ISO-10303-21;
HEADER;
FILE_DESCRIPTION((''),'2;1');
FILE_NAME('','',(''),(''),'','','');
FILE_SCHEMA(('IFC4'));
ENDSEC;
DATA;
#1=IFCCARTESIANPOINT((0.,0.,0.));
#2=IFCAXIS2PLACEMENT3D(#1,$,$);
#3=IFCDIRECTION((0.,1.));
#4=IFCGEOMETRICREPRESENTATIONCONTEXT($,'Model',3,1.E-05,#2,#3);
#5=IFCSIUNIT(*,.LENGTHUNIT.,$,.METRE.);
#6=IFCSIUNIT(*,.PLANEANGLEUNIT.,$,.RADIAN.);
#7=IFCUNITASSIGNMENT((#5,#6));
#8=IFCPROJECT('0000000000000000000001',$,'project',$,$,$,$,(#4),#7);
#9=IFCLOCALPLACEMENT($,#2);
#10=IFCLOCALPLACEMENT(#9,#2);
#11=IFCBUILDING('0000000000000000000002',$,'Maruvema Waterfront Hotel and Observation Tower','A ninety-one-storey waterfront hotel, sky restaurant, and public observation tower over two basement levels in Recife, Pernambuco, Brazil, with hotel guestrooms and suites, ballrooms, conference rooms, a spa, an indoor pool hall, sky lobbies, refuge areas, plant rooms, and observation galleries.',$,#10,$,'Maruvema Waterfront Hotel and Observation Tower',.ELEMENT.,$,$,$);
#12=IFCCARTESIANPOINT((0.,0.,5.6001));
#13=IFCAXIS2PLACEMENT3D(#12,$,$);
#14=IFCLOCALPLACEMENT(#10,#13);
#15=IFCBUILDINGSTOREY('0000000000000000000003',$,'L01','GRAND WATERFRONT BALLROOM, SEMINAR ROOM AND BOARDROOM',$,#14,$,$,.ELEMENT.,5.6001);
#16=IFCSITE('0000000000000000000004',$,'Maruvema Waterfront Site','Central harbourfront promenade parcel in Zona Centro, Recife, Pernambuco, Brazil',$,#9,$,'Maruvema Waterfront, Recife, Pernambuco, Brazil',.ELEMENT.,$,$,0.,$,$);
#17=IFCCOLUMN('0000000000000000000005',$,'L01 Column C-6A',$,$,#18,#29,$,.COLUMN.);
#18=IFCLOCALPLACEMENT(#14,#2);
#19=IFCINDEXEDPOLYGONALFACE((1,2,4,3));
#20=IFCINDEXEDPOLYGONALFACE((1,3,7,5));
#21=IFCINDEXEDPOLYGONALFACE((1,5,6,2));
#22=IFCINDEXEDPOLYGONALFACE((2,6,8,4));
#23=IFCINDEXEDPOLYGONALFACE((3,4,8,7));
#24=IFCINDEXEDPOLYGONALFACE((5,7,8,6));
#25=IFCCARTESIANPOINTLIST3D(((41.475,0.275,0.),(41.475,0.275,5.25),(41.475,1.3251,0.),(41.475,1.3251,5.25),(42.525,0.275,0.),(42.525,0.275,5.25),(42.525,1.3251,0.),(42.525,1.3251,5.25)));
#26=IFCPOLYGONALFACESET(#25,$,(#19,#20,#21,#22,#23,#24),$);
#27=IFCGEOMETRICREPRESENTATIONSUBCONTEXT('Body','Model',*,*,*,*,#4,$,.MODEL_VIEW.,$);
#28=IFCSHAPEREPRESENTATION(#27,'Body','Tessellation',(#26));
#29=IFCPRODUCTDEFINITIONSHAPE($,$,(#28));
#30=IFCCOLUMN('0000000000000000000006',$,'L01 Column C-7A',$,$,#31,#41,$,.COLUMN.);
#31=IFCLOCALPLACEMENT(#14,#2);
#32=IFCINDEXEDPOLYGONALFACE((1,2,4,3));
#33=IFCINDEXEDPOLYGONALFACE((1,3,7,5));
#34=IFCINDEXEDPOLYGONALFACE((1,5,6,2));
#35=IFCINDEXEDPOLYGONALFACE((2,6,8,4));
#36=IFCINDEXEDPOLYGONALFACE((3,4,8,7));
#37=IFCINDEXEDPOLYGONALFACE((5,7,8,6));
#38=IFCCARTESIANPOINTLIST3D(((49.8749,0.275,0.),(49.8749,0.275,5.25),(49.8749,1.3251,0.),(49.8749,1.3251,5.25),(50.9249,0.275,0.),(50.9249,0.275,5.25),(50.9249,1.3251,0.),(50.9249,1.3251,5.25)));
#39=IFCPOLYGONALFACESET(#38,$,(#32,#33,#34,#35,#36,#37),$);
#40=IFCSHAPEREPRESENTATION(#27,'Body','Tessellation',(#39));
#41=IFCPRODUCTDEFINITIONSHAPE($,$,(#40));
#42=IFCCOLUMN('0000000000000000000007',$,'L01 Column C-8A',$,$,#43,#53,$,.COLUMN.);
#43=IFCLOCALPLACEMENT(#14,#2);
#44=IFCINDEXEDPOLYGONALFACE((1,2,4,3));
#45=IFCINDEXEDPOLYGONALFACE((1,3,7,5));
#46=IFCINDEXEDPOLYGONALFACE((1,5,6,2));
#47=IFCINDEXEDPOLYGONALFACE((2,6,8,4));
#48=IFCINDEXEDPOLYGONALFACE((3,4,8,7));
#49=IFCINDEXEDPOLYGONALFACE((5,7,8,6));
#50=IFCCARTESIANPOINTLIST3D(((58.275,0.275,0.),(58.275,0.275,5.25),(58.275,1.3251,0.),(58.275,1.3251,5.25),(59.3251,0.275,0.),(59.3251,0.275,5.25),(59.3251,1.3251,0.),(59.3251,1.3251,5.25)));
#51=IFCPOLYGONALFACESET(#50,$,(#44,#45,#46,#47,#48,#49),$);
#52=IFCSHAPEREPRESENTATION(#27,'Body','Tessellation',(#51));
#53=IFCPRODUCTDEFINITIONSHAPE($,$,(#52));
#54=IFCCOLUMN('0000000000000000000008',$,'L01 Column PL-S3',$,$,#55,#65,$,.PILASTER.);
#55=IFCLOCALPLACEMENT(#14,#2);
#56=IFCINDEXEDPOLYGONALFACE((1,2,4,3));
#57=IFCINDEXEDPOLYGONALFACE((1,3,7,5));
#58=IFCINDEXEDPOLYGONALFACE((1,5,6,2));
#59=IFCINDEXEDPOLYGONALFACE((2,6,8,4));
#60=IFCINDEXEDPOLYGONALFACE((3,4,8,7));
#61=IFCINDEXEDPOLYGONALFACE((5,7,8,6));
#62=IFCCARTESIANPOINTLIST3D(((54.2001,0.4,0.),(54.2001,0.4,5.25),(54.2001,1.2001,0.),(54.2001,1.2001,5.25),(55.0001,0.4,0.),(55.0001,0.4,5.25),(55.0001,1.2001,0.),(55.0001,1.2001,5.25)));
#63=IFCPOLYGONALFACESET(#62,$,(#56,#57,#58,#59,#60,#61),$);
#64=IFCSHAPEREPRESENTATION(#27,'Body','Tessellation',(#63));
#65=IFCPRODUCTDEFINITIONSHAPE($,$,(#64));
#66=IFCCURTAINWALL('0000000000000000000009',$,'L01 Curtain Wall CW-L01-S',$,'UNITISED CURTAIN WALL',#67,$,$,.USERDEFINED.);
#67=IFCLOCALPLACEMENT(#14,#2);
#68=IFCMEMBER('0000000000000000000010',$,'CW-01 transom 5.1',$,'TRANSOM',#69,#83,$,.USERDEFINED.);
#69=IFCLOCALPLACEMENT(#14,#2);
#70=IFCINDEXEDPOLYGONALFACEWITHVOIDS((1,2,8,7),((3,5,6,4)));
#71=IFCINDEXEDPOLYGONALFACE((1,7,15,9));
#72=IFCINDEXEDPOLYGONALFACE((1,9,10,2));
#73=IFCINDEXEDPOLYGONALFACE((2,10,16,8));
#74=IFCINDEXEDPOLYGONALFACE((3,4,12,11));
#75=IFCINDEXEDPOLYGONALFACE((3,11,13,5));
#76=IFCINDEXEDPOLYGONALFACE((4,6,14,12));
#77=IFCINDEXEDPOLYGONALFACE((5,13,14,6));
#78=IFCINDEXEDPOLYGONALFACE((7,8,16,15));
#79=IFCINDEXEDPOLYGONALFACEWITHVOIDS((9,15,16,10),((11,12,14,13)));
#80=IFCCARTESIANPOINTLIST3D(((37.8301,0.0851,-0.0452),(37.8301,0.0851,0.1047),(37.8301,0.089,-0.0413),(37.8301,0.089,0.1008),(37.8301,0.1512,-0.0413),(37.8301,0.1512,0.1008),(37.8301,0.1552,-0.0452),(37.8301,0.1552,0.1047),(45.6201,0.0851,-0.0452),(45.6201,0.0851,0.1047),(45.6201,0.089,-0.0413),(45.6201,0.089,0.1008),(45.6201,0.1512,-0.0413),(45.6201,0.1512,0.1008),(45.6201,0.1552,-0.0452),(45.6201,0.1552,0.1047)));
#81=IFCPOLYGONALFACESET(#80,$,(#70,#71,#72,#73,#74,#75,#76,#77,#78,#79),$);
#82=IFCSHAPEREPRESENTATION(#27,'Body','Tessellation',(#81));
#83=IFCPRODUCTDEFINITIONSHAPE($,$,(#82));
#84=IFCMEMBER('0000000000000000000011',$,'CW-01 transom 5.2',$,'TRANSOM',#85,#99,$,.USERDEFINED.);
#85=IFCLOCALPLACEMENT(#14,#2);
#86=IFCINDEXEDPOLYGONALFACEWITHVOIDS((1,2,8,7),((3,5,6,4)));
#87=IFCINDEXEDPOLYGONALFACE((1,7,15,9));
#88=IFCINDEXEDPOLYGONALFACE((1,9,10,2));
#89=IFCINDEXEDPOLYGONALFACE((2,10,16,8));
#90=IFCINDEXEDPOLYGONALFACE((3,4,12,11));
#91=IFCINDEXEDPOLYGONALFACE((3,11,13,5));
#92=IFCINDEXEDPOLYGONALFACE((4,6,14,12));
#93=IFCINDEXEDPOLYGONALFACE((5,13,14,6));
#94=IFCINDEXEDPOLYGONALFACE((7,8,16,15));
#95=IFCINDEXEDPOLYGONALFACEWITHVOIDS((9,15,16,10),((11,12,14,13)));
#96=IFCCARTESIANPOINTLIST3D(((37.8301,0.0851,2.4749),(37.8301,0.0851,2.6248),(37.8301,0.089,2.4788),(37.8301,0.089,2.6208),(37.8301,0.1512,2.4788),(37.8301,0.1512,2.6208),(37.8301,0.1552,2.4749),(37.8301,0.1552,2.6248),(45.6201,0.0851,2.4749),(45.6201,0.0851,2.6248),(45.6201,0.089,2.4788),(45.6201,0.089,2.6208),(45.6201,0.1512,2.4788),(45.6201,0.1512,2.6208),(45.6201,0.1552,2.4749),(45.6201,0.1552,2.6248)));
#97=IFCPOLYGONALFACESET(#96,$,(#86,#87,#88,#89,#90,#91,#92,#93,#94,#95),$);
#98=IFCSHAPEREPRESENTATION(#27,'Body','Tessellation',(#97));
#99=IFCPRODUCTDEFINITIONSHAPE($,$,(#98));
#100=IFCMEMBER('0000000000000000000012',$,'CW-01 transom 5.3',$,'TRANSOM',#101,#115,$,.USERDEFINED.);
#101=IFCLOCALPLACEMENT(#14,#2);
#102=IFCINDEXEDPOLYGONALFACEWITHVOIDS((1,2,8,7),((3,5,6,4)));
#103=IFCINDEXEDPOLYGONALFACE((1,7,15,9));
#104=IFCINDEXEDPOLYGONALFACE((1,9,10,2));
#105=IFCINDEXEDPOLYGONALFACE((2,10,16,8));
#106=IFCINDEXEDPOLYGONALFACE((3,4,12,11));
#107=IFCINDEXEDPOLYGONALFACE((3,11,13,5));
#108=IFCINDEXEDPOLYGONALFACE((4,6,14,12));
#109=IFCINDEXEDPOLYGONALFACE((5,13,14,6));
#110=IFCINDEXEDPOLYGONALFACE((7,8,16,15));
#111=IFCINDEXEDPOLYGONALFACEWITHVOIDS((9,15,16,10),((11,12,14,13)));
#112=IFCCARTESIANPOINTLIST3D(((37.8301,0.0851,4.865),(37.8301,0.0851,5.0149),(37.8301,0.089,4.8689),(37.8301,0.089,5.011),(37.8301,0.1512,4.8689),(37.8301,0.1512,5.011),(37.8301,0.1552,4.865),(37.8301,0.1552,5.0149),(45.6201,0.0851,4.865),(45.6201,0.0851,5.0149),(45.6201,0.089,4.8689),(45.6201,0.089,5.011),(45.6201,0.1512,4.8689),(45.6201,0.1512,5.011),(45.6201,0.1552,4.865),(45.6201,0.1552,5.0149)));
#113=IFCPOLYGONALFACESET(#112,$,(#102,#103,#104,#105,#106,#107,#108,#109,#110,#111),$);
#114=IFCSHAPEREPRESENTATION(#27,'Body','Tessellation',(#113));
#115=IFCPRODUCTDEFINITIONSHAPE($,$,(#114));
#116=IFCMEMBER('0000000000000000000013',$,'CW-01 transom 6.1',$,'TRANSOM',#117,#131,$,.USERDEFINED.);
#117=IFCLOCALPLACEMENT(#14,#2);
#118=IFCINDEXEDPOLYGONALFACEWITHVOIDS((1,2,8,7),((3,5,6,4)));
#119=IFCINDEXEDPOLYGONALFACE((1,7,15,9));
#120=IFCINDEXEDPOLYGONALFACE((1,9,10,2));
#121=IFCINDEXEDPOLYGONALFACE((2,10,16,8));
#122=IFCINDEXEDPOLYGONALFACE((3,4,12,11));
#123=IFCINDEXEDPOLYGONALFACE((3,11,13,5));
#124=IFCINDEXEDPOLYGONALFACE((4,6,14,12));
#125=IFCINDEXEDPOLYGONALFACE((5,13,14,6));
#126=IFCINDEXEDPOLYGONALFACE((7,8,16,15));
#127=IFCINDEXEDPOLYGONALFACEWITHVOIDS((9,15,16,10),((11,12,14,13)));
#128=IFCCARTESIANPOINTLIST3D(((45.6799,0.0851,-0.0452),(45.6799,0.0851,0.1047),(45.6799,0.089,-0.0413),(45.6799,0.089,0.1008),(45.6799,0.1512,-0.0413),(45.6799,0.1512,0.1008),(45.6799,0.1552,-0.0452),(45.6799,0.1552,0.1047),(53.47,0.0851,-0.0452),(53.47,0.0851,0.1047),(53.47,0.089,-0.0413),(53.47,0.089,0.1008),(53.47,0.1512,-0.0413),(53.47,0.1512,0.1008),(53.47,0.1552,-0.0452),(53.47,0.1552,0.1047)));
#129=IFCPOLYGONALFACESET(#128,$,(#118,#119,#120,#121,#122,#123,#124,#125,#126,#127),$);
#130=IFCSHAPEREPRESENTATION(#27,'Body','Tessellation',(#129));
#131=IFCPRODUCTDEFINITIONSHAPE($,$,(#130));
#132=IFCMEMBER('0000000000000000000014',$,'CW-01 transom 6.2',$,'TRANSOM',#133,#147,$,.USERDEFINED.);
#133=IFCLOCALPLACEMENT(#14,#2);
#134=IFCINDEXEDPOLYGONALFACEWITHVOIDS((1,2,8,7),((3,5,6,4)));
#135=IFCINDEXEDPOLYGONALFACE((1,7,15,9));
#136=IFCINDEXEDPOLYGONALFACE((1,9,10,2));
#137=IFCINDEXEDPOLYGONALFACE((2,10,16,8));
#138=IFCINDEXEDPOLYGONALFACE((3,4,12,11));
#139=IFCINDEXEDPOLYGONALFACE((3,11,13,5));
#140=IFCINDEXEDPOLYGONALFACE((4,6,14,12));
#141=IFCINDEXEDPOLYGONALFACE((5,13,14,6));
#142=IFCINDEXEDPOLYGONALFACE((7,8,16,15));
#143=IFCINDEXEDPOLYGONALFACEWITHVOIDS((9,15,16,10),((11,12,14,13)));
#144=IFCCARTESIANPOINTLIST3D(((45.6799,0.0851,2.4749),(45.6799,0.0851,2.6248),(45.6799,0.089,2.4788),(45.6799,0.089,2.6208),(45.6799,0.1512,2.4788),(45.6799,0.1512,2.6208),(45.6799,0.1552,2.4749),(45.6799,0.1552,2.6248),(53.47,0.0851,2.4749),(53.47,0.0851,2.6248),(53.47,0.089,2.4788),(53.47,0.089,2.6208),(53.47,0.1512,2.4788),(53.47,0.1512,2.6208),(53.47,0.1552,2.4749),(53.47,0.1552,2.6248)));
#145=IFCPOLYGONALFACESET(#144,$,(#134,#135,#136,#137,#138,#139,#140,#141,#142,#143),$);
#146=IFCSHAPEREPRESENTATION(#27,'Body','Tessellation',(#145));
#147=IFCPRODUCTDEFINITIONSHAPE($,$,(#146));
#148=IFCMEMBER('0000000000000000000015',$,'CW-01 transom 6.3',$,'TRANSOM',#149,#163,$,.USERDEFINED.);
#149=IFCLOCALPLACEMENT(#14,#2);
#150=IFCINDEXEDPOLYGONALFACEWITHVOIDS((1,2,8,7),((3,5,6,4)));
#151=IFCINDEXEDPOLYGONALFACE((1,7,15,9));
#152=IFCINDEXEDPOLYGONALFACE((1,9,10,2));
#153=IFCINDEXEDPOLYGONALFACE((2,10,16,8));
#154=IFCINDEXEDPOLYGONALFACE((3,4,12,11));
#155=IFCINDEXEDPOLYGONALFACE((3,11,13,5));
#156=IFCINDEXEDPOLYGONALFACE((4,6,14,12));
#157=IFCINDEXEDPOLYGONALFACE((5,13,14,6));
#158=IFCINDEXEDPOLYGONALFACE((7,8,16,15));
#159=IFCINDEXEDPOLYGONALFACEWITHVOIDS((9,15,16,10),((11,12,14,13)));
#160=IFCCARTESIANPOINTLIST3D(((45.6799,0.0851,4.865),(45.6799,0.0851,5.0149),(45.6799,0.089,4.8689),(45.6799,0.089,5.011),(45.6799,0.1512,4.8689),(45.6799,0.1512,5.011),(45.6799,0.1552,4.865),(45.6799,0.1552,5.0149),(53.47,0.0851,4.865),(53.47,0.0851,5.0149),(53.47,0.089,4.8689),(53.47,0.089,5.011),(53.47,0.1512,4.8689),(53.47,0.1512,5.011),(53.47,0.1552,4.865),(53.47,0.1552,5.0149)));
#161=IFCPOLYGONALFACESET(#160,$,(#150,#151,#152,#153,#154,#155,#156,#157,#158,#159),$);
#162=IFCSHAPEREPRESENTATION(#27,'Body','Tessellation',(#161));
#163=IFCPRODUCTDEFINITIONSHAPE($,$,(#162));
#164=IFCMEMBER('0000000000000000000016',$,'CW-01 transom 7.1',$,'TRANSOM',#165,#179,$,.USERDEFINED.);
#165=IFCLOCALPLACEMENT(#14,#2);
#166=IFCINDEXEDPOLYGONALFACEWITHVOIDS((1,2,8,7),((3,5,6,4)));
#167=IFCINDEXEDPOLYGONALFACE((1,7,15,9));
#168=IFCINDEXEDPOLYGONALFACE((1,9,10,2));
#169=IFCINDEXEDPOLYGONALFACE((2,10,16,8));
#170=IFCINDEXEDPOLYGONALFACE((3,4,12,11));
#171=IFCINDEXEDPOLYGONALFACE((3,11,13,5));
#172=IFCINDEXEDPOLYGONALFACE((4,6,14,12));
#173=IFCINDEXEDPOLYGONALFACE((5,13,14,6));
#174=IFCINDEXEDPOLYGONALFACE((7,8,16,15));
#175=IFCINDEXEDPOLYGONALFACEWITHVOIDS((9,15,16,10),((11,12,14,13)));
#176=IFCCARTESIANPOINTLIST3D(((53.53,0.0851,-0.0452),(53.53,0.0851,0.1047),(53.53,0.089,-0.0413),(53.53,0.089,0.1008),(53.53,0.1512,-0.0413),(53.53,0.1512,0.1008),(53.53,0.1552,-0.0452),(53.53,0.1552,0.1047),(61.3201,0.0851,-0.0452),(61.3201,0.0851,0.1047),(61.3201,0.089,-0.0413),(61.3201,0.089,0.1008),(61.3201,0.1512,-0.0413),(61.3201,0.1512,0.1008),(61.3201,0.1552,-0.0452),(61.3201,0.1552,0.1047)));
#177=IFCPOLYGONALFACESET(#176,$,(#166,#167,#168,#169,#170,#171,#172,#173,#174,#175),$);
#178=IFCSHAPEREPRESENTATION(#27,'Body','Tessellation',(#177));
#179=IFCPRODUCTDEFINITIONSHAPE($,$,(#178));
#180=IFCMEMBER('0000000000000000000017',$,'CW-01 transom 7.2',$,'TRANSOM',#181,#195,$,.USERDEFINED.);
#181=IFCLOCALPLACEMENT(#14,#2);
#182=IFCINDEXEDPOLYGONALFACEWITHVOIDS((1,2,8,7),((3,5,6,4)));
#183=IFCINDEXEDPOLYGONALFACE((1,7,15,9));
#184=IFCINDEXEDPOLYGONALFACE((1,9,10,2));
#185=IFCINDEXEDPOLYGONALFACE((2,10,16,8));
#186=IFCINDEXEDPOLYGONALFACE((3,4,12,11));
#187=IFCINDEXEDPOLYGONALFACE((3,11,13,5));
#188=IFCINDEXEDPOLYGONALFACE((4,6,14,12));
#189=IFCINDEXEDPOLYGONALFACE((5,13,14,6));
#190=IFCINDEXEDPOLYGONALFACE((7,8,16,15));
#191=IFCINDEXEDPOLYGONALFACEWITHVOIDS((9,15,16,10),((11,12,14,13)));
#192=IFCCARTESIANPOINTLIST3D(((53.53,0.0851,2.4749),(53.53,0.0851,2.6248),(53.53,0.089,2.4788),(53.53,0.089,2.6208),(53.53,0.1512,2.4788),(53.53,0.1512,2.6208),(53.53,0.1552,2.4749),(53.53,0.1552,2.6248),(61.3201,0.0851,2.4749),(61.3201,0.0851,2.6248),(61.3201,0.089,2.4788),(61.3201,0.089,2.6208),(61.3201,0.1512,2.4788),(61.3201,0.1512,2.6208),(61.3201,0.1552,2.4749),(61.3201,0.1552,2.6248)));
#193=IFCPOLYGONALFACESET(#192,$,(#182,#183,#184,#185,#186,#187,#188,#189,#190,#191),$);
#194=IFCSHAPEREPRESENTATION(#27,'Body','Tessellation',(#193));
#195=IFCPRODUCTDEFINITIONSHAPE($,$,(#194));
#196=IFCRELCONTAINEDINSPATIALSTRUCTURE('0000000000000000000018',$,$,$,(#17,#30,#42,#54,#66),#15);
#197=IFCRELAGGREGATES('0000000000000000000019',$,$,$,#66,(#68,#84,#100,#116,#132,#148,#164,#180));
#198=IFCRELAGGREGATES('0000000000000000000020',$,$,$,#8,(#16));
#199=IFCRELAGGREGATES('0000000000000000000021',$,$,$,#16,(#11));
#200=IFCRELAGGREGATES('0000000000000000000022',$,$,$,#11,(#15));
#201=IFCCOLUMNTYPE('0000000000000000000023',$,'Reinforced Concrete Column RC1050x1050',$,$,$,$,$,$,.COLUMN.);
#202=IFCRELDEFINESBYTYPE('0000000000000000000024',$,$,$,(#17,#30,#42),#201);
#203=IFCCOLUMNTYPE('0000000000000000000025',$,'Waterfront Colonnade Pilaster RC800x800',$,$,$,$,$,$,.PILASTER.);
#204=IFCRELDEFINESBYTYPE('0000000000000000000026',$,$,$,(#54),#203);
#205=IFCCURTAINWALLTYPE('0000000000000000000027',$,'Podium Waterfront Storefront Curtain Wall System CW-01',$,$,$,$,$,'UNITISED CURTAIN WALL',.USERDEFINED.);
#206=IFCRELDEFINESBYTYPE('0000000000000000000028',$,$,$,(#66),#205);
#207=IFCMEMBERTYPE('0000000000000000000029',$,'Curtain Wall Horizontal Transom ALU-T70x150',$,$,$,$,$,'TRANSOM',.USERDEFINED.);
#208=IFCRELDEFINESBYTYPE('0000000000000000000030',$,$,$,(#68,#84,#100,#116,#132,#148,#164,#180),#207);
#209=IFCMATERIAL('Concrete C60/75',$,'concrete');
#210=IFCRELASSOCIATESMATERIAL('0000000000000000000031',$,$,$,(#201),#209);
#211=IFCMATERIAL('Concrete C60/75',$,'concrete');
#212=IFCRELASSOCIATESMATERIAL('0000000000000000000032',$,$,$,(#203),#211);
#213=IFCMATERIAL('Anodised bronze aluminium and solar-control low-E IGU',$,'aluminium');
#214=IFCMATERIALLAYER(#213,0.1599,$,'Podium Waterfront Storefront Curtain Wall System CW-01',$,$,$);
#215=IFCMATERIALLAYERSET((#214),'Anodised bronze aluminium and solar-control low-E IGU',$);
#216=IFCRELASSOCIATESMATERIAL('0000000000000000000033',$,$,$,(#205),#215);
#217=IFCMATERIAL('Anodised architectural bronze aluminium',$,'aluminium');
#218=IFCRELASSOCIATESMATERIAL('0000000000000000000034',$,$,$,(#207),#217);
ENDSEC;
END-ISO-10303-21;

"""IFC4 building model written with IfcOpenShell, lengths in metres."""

from ifc_helpers import new_model, si_unit, direction, frame, origin, origin_2d, place, context, subcontext, project, spatial, rectangle, hollow_rectangle, extrude, material, layer, layer_set, material_profile, profile_set, type_object, element, aggregate, save


model = new_model("IFC4")

# Units and contexts
model_context = context("Model", 3, precision=1e-05, world=origin(), true_north=direction((0.0, 1.0)))
body_context = subcontext(model_context, "Body", "Model", "MODEL_VIEW")
ifc_project = project(units=[si_unit("LENGTHUNIT", "METRE"), si_unit("PLANEANGLEUNIT", "RADIAN")], contexts=[model_context])

# Site, building, storey
site_placement = place(None, origin())
site = spatial("IfcSite", under=ifc_project, at=site_placement, Name="Maruvema Waterfront Site", Description="Central harbourfront promenade parcel in Zona Centro, Recife, Pernambuco, Brazil", LongName="Maruvema Waterfront, Recife, Pernambuco, Brazil", CompositionType="ELEMENT", RefElevation=0.0)
building_placement = place(site_placement, origin())
building = spatial("IfcBuilding", under=site, at=building_placement, Name="Maruvema Waterfront Hotel and Observation Tower", Description="A ninety-one-storey waterfront hotel, sky restaurant, and public observation tower over two basement levels in Recife, Pernambuco, Brazil, with hotel guestrooms and suites, ballrooms, conference rooms, a spa, an indoor pool hall, sky lobbies, refuge areas, plant rooms, and observation galleries.", LongName="Maruvema Waterfront Hotel and Observation Tower", CompositionType="ELEMENT")
storey_placement = place(building_placement, frame((0.0, 0.0, 5.6001)))
storey = spatial("IfcBuildingStorey", under=building, at=storey_placement, Name="L01", Description="GRAND WATERFRONT BALLROOM, SEMINAR ROOM AND BOARDROOM", CompositionType="ELEMENT", Elevation=5.6001)

# Columns
ifc_material_1 = material(Name="Concrete C60/75", Category="concrete")
ifc_material_profile_1 = material_profile(ifc_material_1, rectangle(XDim=1.05, YDim=1.05, at=origin_2d()), Name="RC1050x1050")
ifc_profile_set_1 = profile_set([ifc_material_profile_1], Name="Concrete C60/75")
column_type_1 = type_object("IfcColumnType", Name="Reinforced Concrete Column RC1050x1050", PredefinedType="COLUMN", material=ifc_profile_set_1)
for number, where, z_axis, x_axis, name in (
    (1, (42.0, 0.8, 0.0), (0.0, 0.0, 1.0), (1.0, 0.0, 0.0), "L01 Column C-6A"),
    (2, (50.3999, 0.8, 0.0), (0.0, 0.0, 1.0), (1.0, 0.0, 0.0), "L01 Column C-7A"),
    (3, (58.8, 0.8, 0.0), (0.0, 0.0, 1.0), (1.0, 0.0, 0.0), "L01 Column C-8A"),
):
    element("IfcColumn", number, at=place(storey_placement, frame(where, z_axis=z_axis, x_axis=x_axis)), inside=storey, type_object=column_type_1, Name=name, PredefinedType="COLUMN", context=body_context, shape_type="SweptSolid", body=[
        extrude(rectangle(XDim=1.05, YDim=1.05, at=origin_2d()), origin(), (0.0, 0.0, 1.0), 5.25),
    ])
ifc_material_2 = material(Name="Concrete C60/75", Category="concrete")
ifc_material_profile_2 = material_profile(ifc_material_2, rectangle(XDim=0.8, YDim=0.8, at=origin_2d()), Name="RC800x800")
ifc_profile_set_2 = profile_set([ifc_material_profile_2], Name="Concrete C60/75")
column_type_2 = type_object("IfcColumnType", Name="Waterfront Colonnade Pilaster RC800x800", PredefinedType="PILASTER", material=ifc_profile_set_2)
column_placement = place(storey_placement, frame((54.6001, 0.8, 0.0), z_axis=(0.0, 0.0, 1.0), x_axis=(1.0, 0.0, 0.0)))
element("IfcColumn", 4, at=column_placement, inside=storey, type_object=column_type_2, Name="L01 Column PL-S3", PredefinedType="PILASTER", context=body_context, shape_type="SweptSolid", body=[
    extrude(rectangle(XDim=0.8, YDim=0.8, at=origin_2d()), origin(), (0.0, 0.0, 1.0), 5.25),
])

# Curtain wall, members
ifc_material_3 = material(Name="Anodised bronze aluminium and solar-control low-E IGU", Category="aluminium")
ifc_layer_1 = layer(ifc_material_3, 0.1599, Name="Podium Waterfront Storefront Curtain Wall System CW-01")
ifc_layer_set_1 = layer_set([ifc_layer_1], Name="Anodised bronze aluminium and solar-control low-E IGU")
curtain_wall_type = type_object("IfcCurtainWallType", Name="Podium Waterfront Storefront Curtain Wall System CW-01", ElementType="UNITISED CURTAIN WALL", PredefinedType="USERDEFINED", material=ifc_layer_set_1)
curtain_wall_placement = place(storey_placement, origin())
curtain_wall = element("IfcCurtainWall", 5, at=curtain_wall_placement, inside=storey, type_object=curtain_wall_type, Name="L01 Curtain Wall CW-L01-S", ObjectType="UNITISED CURTAIN WALL", PredefinedType="USERDEFINED")
ifc_material_4 = material(Name="Anodised architectural bronze aluminium", Category="aluminium")
ifc_material_profile_3 = material_profile(ifc_material_4, hollow_rectangle(XDim=0.0701, YDim=0.1499, WallThickness=0.0039, at=origin_2d()), Name="ALU-T70x150")
ifc_profile_set_3 = profile_set([ifc_material_profile_3], Name="Anodised architectural bronze aluminium")
member_type_1 = type_object("IfcMemberType", Name="Curtain Wall Horizontal Transom ALU-T70x150", ElementType="TRANSOM", PredefinedType="USERDEFINED", material=ifc_profile_set_3)
member_1_placement = place(storey_placement, frame((37.8301, 0.1201, 0.0298), z_axis=(1.0, 0.0, 0.0), x_axis=(0.0, 1.0, 0.0)))
member_1 = element("IfcMember", 6, at=member_1_placement, type_object=member_type_1, Name="CW-01 transom 5.1", ObjectType="TRANSOM", PredefinedType="USERDEFINED", context=body_context, shape_type="SweptSolid", body=[
    extrude(hollow_rectangle(XDim=0.0701, YDim=0.1499, WallThickness=0.0039, at=origin_2d()), origin(), (0.0, 0.0, 1.0), 7.79),
])
member_2_placement = place(storey_placement, frame((37.8301, 0.1201, 2.5498), z_axis=(1.0, 0.0, 0.0), x_axis=(0.0, 1.0, 0.0)))
member_2 = element("IfcMember", 7, at=member_2_placement, type_object=member_type_1, Name="CW-01 transom 5.2", ObjectType="TRANSOM", PredefinedType="USERDEFINED", context=body_context, shape_type="SweptSolid", body=[
    extrude(hollow_rectangle(XDim=0.0701, YDim=0.1499, WallThickness=0.0039, at=origin_2d()), origin(), (0.0, 0.0, 1.0), 7.79),
])
member_3_placement = place(storey_placement, frame((37.8301, 0.1201, 4.9399), z_axis=(1.0, 0.0, 0.0), x_axis=(0.0, 1.0, 0.0)))
member_3 = element("IfcMember", 8, at=member_3_placement, type_object=member_type_1, Name="CW-01 transom 5.3", ObjectType="TRANSOM", PredefinedType="USERDEFINED", context=body_context, shape_type="SweptSolid", body=[
    extrude(hollow_rectangle(XDim=0.0701, YDim=0.1499, WallThickness=0.0039, at=origin_2d()), origin(), (0.0, 0.0, 1.0), 7.79),
])
member_4_placement = place(storey_placement, frame((45.6799, 0.1201, 0.0298), z_axis=(1.0, 0.0, 0.0), x_axis=(0.0, 1.0, 0.0)))
member_4 = element("IfcMember", 9, at=member_4_placement, type_object=member_type_1, Name="CW-01 transom 6.1", ObjectType="TRANSOM", PredefinedType="USERDEFINED", context=body_context, shape_type="SweptSolid", body=[
    extrude(hollow_rectangle(XDim=0.0701, YDim=0.1499, WallThickness=0.0039, at=origin_2d()), origin(), (0.0, 0.0, 1.0), 7.79),
])
member_5_placement = place(storey_placement, frame((45.6799, 0.1201, 2.5498), z_axis=(1.0, 0.0, 0.0), x_axis=(0.0, 1.0, 0.0)))
member_5 = element("IfcMember", 10, at=member_5_placement, type_object=member_type_1, Name="CW-01 transom 6.2", ObjectType="TRANSOM", PredefinedType="USERDEFINED", context=body_context, shape_type="SweptSolid", body=[
    extrude(hollow_rectangle(XDim=0.0701, YDim=0.1499, WallThickness=0.0039, at=origin_2d()), origin(), (0.0, 0.0, 1.0), 7.79),
])
member_6_placement = place(storey_placement, frame((45.6799, 0.1201, 4.9399), z_axis=(1.0, 0.0, 0.0), x_axis=(0.0, 1.0, 0.0)))
member_6 = element("IfcMember", 11, at=member_6_placement, type_object=member_type_1, Name="CW-01 transom 6.3", ObjectType="TRANSOM", PredefinedType="USERDEFINED", context=body_context, shape_type="SweptSolid", body=[
    extrude(hollow_rectangle(XDim=0.0701, YDim=0.1499, WallThickness=0.0039, at=origin_2d()), origin(), (0.0, 0.0, 1.0), 7.79),
])
member_7_placement = place(storey_placement, frame((53.53, 0.1201, 0.0298), z_axis=(1.0, 0.0, 0.0), x_axis=(0.0, 1.0, 0.0)))
member_7 = element("IfcMember", 12, at=member_7_placement, type_object=member_type_1, Name="CW-01 transom 7.1", ObjectType="TRANSOM", PredefinedType="USERDEFINED", context=body_context, shape_type="SweptSolid", body=[
    extrude(hollow_rectangle(XDim=0.0701, YDim=0.1499, WallThickness=0.0039, at=origin_2d()), origin(), (0.0, 0.0, 1.0), 7.79),
])
member_8_placement = place(storey_placement, frame((53.53, 0.1201, 2.5498), z_axis=(1.0, 0.0, 0.0), x_axis=(0.0, 1.0, 0.0)))
member_8 = element("IfcMember", 13, at=member_8_placement, type_object=member_type_1, Name="CW-01 transom 7.2", ObjectType="TRANSOM", PredefinedType="USERDEFINED", context=body_context, shape_type="SweptSolid", body=[
    extrude(hollow_rectangle(XDim=0.0701, YDim=0.1499, WallThickness=0.0039, at=origin_2d()), origin(), (0.0, 0.0, 1.0), 7.79),
])

aggregate(curtain_wall, [member_1, member_2, member_3, member_4, member_5, member_6, member_7, member_8])

save(model, "model.ifc")
